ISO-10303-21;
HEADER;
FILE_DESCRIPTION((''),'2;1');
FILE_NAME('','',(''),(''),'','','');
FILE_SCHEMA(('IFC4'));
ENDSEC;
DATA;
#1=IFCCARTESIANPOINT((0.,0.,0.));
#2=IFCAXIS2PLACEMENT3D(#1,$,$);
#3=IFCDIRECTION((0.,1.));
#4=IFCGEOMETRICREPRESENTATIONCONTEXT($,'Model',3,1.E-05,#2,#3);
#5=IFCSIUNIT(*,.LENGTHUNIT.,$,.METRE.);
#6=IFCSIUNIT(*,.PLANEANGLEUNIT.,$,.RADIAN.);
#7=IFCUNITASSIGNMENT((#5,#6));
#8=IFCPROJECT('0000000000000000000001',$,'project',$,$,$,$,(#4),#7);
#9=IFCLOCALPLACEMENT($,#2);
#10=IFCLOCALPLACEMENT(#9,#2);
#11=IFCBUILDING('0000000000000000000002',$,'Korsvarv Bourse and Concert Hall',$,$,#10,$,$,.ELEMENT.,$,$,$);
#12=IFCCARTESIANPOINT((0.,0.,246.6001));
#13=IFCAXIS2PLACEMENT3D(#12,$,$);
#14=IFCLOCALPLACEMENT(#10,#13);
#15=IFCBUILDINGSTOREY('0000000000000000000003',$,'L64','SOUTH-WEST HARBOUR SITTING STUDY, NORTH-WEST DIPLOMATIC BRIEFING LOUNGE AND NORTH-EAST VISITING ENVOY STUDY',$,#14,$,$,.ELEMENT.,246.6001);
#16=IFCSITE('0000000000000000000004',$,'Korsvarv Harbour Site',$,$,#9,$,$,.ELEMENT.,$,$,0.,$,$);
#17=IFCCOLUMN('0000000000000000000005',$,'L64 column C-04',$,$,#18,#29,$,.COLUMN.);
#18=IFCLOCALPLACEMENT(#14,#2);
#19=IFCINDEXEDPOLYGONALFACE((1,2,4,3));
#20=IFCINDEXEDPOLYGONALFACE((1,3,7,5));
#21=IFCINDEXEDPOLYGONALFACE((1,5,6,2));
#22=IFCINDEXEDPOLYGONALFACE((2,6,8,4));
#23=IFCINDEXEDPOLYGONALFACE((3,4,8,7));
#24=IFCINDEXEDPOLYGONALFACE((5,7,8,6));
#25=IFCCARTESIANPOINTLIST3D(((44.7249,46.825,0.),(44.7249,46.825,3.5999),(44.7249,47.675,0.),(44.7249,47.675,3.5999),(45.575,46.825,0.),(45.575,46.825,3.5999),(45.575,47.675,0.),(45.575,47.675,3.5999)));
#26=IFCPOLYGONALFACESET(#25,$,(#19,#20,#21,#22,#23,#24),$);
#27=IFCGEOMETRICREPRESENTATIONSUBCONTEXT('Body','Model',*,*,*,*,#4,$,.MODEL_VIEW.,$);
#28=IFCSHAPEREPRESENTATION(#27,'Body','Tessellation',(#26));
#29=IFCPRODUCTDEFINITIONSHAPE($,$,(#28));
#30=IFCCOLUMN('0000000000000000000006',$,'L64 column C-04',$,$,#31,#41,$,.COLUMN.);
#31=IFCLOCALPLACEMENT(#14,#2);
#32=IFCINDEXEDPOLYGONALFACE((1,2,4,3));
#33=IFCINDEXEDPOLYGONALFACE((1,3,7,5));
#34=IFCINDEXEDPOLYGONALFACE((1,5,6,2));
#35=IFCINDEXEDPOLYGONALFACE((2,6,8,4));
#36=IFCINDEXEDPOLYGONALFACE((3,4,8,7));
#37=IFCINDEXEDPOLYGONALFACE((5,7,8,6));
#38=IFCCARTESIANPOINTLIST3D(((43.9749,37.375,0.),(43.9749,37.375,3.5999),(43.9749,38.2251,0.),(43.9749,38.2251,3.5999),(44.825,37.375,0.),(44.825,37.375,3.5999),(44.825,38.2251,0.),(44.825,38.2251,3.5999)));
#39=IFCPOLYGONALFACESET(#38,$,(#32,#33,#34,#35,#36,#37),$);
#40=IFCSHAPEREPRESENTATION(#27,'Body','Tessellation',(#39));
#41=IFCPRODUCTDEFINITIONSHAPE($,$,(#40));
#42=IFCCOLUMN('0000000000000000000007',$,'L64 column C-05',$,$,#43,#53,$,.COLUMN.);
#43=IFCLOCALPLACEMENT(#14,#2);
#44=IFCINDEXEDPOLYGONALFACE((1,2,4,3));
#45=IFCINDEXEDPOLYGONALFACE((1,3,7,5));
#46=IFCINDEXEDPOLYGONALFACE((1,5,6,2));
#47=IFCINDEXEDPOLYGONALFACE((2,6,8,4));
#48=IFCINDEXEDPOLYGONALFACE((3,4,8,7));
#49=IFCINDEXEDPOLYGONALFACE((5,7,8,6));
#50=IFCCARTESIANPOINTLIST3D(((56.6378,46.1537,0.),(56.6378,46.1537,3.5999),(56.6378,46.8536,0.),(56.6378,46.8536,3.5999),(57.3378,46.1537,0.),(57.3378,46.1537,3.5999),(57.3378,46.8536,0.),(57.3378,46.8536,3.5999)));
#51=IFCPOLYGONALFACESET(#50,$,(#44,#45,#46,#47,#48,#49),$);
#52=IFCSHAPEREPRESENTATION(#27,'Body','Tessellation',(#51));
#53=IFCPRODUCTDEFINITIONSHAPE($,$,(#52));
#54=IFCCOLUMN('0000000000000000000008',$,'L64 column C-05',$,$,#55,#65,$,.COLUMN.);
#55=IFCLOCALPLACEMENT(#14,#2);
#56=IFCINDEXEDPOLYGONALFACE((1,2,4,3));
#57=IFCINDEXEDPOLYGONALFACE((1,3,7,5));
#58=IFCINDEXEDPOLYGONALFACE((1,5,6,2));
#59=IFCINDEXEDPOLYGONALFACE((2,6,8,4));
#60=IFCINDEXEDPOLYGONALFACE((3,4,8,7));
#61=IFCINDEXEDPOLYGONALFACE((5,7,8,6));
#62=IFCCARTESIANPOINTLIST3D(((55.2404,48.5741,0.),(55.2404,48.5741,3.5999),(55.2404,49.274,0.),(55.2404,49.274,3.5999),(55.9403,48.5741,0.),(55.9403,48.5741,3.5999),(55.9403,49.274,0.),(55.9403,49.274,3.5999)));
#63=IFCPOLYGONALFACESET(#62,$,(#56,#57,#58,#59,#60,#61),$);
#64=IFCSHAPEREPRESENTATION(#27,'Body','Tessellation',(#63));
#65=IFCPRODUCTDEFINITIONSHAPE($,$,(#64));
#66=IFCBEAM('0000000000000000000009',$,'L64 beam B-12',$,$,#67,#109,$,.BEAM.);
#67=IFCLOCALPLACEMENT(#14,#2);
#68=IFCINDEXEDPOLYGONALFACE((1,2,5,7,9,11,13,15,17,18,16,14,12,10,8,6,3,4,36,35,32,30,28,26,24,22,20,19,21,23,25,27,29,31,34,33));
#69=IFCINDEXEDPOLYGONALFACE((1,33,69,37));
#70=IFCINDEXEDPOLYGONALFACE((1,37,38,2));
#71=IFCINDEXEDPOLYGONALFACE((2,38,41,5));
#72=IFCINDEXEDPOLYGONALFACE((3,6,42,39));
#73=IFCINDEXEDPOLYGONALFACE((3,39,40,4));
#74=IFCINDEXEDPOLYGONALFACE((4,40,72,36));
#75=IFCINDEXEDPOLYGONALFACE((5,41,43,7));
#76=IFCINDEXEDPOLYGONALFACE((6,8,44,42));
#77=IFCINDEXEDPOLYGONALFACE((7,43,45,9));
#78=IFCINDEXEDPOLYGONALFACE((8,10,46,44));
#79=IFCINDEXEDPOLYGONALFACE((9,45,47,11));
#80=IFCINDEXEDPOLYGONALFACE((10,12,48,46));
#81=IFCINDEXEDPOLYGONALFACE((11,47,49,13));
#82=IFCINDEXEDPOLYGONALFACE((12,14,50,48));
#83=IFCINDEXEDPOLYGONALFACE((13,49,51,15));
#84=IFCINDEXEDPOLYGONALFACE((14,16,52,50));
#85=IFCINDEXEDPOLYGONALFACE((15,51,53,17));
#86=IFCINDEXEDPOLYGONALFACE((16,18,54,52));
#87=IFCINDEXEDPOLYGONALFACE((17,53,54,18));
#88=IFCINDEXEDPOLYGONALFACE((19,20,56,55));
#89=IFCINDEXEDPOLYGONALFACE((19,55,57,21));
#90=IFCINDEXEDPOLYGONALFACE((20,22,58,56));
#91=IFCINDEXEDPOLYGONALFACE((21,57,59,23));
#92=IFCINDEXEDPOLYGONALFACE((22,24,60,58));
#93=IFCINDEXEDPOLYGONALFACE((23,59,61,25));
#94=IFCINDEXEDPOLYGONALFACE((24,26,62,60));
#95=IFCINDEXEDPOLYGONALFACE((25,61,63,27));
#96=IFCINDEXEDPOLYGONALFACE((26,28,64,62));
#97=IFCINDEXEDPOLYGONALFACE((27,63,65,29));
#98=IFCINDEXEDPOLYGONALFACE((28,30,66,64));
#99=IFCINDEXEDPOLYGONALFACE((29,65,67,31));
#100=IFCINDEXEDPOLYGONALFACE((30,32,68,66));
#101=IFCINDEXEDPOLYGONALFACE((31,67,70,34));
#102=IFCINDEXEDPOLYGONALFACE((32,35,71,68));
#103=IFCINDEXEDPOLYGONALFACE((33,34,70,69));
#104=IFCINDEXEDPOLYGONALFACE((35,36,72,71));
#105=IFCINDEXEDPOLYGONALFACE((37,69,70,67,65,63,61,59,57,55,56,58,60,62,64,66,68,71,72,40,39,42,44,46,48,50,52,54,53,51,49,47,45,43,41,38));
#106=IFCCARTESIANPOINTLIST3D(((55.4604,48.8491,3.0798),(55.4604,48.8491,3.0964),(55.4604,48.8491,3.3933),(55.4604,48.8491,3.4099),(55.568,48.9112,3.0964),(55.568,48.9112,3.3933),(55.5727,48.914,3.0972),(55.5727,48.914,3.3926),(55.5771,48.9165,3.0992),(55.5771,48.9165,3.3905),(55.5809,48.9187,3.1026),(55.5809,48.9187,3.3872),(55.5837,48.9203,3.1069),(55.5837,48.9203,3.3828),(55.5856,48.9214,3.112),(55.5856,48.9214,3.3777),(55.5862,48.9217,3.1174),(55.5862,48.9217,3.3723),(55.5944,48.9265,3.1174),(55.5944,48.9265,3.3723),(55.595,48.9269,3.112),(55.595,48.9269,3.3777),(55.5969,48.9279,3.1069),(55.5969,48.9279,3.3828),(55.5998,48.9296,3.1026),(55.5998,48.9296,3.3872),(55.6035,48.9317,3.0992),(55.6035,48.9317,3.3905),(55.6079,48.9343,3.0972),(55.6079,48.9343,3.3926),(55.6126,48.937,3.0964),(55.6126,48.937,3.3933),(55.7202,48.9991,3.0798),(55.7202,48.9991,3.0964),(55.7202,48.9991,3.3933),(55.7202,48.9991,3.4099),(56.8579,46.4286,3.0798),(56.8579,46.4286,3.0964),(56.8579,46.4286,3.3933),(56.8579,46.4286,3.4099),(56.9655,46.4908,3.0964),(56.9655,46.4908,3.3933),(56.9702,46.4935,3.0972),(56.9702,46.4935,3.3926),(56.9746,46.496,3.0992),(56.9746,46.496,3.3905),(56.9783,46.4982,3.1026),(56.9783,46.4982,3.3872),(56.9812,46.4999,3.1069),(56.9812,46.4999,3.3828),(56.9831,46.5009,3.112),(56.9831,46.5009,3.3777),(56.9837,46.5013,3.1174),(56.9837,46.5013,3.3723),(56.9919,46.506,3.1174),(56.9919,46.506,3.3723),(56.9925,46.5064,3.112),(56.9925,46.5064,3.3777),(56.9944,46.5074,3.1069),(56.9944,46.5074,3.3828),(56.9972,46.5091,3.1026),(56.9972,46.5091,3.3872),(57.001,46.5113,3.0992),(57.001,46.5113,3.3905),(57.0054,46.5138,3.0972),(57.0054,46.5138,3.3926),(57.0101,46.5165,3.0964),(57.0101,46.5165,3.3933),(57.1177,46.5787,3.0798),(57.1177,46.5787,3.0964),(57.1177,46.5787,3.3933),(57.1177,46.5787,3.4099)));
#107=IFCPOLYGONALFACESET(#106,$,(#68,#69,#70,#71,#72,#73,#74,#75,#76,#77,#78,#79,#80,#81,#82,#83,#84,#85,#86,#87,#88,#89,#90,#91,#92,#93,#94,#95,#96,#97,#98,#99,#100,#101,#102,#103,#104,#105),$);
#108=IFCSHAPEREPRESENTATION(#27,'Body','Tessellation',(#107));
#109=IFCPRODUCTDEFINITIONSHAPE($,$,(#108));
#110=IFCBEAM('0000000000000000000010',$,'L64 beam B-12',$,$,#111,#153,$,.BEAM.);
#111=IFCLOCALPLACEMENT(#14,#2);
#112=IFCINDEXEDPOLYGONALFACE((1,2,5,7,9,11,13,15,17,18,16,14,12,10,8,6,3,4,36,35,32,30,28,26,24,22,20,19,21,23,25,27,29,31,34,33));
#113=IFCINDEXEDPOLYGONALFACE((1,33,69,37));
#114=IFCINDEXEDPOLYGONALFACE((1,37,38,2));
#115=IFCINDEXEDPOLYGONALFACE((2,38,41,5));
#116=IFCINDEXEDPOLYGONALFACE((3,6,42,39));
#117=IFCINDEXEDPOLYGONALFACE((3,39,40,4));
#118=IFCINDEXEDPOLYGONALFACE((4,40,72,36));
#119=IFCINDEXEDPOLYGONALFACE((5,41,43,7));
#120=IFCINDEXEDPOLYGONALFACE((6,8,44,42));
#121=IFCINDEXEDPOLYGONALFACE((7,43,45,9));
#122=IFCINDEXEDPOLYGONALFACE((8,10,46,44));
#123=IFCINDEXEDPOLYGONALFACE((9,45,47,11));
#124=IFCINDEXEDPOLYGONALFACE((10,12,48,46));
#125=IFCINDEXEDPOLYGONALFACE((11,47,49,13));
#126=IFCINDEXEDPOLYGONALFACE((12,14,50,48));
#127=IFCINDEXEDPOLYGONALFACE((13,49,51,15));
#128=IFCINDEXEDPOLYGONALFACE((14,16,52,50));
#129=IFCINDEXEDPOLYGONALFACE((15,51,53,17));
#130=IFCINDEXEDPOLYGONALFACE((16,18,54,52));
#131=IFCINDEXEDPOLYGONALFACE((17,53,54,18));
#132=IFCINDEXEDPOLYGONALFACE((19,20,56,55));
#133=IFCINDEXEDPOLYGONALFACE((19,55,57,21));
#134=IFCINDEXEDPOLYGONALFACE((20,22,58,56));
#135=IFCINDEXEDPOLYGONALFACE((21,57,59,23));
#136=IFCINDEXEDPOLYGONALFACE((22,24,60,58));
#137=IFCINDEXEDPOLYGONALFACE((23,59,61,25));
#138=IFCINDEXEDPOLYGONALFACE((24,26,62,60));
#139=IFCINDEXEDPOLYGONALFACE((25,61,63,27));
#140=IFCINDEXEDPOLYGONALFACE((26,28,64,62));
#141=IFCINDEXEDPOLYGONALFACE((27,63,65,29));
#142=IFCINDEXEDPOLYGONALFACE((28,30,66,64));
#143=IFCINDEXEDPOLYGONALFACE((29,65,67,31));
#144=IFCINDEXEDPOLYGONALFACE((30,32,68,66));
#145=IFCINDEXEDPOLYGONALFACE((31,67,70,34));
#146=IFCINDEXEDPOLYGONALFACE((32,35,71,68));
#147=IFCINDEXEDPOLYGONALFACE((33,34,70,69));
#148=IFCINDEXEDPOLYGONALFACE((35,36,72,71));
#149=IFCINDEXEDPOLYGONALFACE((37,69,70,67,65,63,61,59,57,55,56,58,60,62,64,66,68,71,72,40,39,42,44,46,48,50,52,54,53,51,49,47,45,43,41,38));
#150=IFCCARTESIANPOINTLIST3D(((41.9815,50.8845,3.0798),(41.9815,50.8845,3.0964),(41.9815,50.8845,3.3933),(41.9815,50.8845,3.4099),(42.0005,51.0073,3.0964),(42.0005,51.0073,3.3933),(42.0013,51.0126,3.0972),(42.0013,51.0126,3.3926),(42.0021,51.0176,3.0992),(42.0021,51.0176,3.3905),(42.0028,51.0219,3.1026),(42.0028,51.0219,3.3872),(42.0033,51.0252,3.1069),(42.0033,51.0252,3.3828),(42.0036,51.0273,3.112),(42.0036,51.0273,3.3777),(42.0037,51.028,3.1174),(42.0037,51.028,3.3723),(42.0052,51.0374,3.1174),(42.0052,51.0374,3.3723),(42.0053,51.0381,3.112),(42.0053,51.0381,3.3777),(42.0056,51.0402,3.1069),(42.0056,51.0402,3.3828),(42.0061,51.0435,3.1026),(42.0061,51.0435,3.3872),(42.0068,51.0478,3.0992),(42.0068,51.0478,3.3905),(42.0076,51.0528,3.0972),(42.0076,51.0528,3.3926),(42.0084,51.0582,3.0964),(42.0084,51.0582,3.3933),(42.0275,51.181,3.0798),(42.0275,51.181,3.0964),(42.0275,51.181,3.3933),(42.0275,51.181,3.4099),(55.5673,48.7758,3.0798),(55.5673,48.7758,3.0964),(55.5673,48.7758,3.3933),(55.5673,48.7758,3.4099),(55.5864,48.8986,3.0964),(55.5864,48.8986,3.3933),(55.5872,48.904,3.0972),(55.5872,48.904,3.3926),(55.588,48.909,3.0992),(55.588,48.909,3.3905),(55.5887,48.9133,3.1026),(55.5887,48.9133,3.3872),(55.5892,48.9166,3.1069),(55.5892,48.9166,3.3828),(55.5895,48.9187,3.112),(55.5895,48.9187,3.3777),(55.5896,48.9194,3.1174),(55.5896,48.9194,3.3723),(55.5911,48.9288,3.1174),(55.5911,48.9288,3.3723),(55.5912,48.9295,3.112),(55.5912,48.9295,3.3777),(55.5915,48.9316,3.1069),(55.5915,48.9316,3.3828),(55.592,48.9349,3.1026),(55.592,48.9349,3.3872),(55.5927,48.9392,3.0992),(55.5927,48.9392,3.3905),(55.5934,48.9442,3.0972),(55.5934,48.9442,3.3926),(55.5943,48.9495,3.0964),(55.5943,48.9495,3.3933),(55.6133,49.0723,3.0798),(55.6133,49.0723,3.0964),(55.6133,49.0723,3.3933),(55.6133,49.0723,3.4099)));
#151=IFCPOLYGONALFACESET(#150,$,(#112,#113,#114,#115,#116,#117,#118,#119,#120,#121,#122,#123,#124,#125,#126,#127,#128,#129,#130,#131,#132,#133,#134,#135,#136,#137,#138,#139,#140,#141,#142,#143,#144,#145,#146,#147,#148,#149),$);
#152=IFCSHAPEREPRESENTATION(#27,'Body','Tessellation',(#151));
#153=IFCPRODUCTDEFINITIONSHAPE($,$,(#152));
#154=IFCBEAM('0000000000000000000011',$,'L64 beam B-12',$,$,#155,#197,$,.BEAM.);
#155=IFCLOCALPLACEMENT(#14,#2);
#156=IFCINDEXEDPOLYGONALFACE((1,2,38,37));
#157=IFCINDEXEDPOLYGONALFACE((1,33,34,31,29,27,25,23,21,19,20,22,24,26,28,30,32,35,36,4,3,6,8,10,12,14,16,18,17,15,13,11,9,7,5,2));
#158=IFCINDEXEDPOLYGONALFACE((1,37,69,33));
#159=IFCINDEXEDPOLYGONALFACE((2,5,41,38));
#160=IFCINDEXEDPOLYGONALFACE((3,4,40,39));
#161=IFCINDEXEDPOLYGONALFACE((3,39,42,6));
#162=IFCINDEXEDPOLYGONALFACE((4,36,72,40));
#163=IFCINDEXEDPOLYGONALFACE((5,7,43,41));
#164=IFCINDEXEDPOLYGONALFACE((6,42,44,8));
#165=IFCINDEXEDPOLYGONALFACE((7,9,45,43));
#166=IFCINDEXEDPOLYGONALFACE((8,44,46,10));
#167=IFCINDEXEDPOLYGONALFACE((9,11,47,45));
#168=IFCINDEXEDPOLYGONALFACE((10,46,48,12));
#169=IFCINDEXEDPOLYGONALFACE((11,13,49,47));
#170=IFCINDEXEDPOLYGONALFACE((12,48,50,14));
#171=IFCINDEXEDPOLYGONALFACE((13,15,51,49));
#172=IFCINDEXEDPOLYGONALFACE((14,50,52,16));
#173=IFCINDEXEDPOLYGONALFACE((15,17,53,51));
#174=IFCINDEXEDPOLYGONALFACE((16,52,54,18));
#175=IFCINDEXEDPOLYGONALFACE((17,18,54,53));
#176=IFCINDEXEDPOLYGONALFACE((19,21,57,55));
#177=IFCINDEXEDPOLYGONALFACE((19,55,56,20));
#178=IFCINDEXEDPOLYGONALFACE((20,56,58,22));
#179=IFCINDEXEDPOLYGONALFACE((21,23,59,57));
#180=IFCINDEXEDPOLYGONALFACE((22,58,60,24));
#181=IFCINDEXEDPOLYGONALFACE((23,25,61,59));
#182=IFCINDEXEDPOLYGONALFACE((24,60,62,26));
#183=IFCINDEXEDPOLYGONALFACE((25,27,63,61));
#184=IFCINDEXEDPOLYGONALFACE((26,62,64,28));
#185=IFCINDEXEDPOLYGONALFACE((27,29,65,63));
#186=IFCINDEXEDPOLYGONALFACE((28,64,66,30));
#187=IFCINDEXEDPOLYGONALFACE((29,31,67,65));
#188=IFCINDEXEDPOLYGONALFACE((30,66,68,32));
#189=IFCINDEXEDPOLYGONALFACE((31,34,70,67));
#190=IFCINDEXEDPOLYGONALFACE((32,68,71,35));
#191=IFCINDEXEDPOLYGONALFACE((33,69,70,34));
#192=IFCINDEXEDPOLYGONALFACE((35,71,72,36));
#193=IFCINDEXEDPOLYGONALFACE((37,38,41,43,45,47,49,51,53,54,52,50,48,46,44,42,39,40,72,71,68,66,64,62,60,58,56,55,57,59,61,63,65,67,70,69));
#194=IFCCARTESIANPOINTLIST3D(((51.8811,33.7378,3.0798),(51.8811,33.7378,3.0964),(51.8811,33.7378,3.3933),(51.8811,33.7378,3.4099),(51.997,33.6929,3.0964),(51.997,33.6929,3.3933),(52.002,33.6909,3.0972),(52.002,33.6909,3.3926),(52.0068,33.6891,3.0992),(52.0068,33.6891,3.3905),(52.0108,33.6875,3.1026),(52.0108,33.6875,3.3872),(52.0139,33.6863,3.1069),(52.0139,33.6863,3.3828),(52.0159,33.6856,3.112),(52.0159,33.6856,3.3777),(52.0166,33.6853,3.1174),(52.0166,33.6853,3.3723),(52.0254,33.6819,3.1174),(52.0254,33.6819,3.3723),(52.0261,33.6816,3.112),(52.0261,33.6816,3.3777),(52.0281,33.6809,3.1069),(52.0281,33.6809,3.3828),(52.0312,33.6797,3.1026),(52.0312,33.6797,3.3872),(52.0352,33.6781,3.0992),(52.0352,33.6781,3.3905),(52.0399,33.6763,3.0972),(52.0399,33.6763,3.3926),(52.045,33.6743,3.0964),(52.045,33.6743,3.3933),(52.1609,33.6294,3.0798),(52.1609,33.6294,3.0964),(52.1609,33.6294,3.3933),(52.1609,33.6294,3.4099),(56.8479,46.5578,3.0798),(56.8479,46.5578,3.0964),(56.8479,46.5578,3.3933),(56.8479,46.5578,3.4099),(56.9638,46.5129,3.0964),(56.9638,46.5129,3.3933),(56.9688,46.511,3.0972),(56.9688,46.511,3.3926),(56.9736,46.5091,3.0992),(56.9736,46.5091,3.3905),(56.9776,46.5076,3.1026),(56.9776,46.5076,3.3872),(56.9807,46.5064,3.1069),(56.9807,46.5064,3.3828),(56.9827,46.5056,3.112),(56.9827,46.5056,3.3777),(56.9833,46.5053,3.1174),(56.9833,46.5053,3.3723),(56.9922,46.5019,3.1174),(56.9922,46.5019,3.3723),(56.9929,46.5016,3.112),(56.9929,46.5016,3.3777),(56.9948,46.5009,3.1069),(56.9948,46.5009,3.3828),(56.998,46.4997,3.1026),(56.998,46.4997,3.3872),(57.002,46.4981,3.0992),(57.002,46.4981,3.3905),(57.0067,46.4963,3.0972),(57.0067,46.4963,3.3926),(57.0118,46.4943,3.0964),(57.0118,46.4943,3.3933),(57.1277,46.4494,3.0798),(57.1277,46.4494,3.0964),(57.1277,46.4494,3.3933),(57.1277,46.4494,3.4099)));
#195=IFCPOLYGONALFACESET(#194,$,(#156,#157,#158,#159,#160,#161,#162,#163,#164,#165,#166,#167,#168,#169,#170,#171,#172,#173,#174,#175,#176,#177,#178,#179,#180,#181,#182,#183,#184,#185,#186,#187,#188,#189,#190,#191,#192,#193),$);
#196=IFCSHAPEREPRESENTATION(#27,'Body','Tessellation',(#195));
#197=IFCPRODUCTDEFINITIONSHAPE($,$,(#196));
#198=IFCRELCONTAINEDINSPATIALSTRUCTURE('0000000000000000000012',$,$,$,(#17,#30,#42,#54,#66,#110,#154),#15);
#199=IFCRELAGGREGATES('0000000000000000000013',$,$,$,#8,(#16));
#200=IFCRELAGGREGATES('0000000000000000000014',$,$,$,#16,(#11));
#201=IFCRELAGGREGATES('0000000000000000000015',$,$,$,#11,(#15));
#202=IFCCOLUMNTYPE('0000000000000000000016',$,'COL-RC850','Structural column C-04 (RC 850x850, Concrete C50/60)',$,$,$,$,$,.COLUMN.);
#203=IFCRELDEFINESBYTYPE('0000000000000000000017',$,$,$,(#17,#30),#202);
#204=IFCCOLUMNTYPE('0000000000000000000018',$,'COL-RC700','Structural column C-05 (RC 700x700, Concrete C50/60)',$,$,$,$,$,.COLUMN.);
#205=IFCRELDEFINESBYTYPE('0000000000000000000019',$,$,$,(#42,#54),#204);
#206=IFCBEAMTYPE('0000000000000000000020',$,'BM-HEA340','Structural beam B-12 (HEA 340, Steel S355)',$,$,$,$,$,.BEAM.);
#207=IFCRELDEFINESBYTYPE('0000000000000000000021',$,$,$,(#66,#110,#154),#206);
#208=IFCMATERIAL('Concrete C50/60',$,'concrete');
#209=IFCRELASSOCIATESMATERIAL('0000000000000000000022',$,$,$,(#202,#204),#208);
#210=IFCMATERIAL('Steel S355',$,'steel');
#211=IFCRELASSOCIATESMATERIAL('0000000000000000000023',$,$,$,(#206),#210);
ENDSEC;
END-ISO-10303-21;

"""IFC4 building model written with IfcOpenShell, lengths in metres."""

from ifc_helpers import new_model, si_unit, direction, frame, origin, origin_2d, place, context, subcontext, project, spatial, rectangle, i_section, extrude, source, transform, mapped, material, material_profile, profile_set, type_object, element, save


model = new_model("IFC4")

# Units and contexts
model_context = context("Model", 3, precision=1e-05, world=origin(), true_north=direction((0.0, 1.0)))
body_context = subcontext(model_context, "Body", "Model", "MODEL_VIEW")
ifc_project = project(units=[si_unit("LENGTHUNIT", "METRE"), si_unit("PLANEANGLEUNIT", "RADIAN")], contexts=[model_context])

# Site, building, storey
site_placement = place(None, origin())
site = spatial("IfcSite", under=ifc_project, at=site_placement, Name="Korsvarv Harbour Site", CompositionType="ELEMENT", RefElevation=0.0)
building_placement = place(site_placement, origin())
building = spatial("IfcBuilding", under=site, at=building_placement, Name="Korsvarv Bourse and Concert Hall", CompositionType="ELEMENT")
storey_placement = place(building_placement, frame((0.0, 0.0, 246.6001)))
storey = spatial("IfcBuildingStorey", under=building, at=storey_placement, Name="L64", Description="SOUTH-WEST HARBOUR SITTING STUDY, NORTH-WEST DIPLOMATIC BRIEFING LOUNGE AND NORTH-EAST VISITING ENVOY STUDY", CompositionType="ELEMENT", Elevation=246.6001)

# Columns
ifc_material_1 = material(Name="Concrete C50/60", Category="concrete")
ifc_material_profile_1 = material_profile(ifc_material_1, rectangle(XDim=0.8501, YDim=0.8501, at=origin_2d()), Name="RC 850x850")
ifc_profile_set_1 = profile_set([ifc_material_profile_1], Name="Concrete C50/60")
column_type_1 = type_object("IfcColumnType", Name="COL-RC850", Description="Structural column C-04 (RC 850x850, Concrete C50/60)", PredefinedType="COLUMN", material=ifc_profile_set_1)
shared_shape_1 = source(origin(), body_context, "Body", "SweptSolid", [
    extrude(rectangle(XDim=0.8501, YDim=0.8501, at=origin_2d()), origin(), (0.0, 0.0, 1.0), 3.5999),
])
for number, where, z_axis, x_axis, name in (
    (1, (45.1499, 47.25, 0.0), (0.0, 0.0, 1.0), (1.0, 0.0, 0.0), "L64 column C-04"),
    (2, (44.3999, 37.8, 0.0), (0.0, 0.0, 1.0), (1.0, 0.0, 0.0), "L64 column C-04"),
):
    element("IfcColumn", number, at=place(storey_placement, frame(where, z_axis=z_axis, x_axis=x_axis)), inside=storey, type_object=column_type_1, Name=name, PredefinedType="COLUMN", context=body_context, shape_type="MappedRepresentation", body=[
        mapped(shared_shape_1, transform((0.0, 0.0, 0.0), scale=1.0)),
    ])
ifc_material_profile_2 = material_profile(ifc_material_1, rectangle(XDim=0.7, YDim=0.7, at=origin_2d()), Name="RC 700x700")
ifc_profile_set_2 = profile_set([ifc_material_profile_2], Name="Concrete C50/60")
column_type_2 = type_object("IfcColumnType", Name="COL-RC700", Description="Structural column C-05 (RC 700x700, Concrete C50/60)", PredefinedType="COLUMN", material=ifc_profile_set_2)
shared_shape_2 = source(origin(), body_context, "Body", "SweptSolid", [
    extrude(rectangle(XDim=0.7, YDim=0.7, at=origin_2d()), origin(), (0.0, 0.0, 1.0), 3.5999),
])
for number, where, z_axis, x_axis, name in (
    (3, (56.9878, 46.5037, 0.0), (0.0, 0.0, 1.0), (1.0, 0.0, 0.0), "L64 column C-05"),
    (4, (55.5903, 48.9241, 0.0), (0.0, 0.0, 1.0), (1.0, 0.0, 0.0), "L64 column C-05"),
):
    element("IfcColumn", number, at=place(storey_placement, frame(where, z_axis=z_axis, x_axis=x_axis)), inside=storey, type_object=column_type_2, Name=name, PredefinedType="COLUMN", context=body_context, shape_type="MappedRepresentation", body=[
        mapped(shared_shape_2, transform((0.0, 0.0, 0.0), scale=1.0)),
    ])

# Beams
ifc_material_2 = material(Name="Steel S355", Category="steel")
ifc_material_profile_3 = material_profile(ifc_material_2, i_section(OverallWidth=0.3, OverallDepth=0.3301, WebThickness=0.0095, FlangeThickness=0.0166, FilletRadius=0.021, at=origin_2d()), Name="HEA 340")
ifc_profile_set_3 = profile_set([ifc_material_profile_3], Name="Steel S355")
beam_type_1 = type_object("IfcBeamType", Name="BM-HEA340", Description="Structural beam B-12 (HEA 340, Steel S355)", PredefinedType="BEAM", material=ifc_profile_set_3)
shared_shape_3 = source(origin(), body_context, "Body", "SweptSolid", [
    extrude(i_section(OverallWidth=0.3, OverallDepth=0.3301, WebThickness=0.0095, FlangeThickness=0.0166, FilletRadius=0.021, at=origin_2d()), origin(), (0.0, 0.0, 1.0), 2.7949),
])
beam_1_placement = place(storey_placement, frame((56.9878, 46.5037, 3.2449), z_axis=(-0.50001, 0.86602, 0.0), x_axis=(-0.86602, -0.50001, 0.0)))
element("IfcBeam", 5, at=beam_1_placement, inside=storey, type_object=beam_type_1, Name="L64 beam B-12", PredefinedType="BEAM", context=body_context, shape_type="MappedRepresentation", body=[
    mapped(shared_shape_3, transform((0.0, 0.0, 0.0), scale=1.0)),
])
shared_shape_4 = source(origin(), body_context, "Body", "SweptSolid", [
    extrude(i_section(OverallWidth=0.3, OverallDepth=0.3301, WebThickness=0.0095, FlangeThickness=0.0166, FilletRadius=0.021, at=origin_2d()), origin(), (0.0, 0.0, 1.0), 13.7485),
])
for number, where, z_axis, x_axis, name in (
    (6, (55.5903, 48.9241, 3.2449), (-0.988169, 0.153371, 0.0), (-0.153371, -0.988169, 0.0), "L64 beam B-12"),
    (7, (52.021, 33.6836, 3.2449), (0.361259, 0.932465, 0.0), (-0.932465, 0.361259, 0.0), "L64 beam B-12"),
):
    element("IfcBeam", number, at=place(storey_placement, frame(where, z_axis=z_axis, x_axis=x_axis)), inside=storey, type_object=beam_type_1, Name=name, PredefinedType="BEAM", context=body_context, shape_type="MappedRepresentation", body=[
        mapped(shared_shape_4, transform((0.0, 0.0, 0.0), scale=1.0)),
    ])

save(model, "model.ifc")
